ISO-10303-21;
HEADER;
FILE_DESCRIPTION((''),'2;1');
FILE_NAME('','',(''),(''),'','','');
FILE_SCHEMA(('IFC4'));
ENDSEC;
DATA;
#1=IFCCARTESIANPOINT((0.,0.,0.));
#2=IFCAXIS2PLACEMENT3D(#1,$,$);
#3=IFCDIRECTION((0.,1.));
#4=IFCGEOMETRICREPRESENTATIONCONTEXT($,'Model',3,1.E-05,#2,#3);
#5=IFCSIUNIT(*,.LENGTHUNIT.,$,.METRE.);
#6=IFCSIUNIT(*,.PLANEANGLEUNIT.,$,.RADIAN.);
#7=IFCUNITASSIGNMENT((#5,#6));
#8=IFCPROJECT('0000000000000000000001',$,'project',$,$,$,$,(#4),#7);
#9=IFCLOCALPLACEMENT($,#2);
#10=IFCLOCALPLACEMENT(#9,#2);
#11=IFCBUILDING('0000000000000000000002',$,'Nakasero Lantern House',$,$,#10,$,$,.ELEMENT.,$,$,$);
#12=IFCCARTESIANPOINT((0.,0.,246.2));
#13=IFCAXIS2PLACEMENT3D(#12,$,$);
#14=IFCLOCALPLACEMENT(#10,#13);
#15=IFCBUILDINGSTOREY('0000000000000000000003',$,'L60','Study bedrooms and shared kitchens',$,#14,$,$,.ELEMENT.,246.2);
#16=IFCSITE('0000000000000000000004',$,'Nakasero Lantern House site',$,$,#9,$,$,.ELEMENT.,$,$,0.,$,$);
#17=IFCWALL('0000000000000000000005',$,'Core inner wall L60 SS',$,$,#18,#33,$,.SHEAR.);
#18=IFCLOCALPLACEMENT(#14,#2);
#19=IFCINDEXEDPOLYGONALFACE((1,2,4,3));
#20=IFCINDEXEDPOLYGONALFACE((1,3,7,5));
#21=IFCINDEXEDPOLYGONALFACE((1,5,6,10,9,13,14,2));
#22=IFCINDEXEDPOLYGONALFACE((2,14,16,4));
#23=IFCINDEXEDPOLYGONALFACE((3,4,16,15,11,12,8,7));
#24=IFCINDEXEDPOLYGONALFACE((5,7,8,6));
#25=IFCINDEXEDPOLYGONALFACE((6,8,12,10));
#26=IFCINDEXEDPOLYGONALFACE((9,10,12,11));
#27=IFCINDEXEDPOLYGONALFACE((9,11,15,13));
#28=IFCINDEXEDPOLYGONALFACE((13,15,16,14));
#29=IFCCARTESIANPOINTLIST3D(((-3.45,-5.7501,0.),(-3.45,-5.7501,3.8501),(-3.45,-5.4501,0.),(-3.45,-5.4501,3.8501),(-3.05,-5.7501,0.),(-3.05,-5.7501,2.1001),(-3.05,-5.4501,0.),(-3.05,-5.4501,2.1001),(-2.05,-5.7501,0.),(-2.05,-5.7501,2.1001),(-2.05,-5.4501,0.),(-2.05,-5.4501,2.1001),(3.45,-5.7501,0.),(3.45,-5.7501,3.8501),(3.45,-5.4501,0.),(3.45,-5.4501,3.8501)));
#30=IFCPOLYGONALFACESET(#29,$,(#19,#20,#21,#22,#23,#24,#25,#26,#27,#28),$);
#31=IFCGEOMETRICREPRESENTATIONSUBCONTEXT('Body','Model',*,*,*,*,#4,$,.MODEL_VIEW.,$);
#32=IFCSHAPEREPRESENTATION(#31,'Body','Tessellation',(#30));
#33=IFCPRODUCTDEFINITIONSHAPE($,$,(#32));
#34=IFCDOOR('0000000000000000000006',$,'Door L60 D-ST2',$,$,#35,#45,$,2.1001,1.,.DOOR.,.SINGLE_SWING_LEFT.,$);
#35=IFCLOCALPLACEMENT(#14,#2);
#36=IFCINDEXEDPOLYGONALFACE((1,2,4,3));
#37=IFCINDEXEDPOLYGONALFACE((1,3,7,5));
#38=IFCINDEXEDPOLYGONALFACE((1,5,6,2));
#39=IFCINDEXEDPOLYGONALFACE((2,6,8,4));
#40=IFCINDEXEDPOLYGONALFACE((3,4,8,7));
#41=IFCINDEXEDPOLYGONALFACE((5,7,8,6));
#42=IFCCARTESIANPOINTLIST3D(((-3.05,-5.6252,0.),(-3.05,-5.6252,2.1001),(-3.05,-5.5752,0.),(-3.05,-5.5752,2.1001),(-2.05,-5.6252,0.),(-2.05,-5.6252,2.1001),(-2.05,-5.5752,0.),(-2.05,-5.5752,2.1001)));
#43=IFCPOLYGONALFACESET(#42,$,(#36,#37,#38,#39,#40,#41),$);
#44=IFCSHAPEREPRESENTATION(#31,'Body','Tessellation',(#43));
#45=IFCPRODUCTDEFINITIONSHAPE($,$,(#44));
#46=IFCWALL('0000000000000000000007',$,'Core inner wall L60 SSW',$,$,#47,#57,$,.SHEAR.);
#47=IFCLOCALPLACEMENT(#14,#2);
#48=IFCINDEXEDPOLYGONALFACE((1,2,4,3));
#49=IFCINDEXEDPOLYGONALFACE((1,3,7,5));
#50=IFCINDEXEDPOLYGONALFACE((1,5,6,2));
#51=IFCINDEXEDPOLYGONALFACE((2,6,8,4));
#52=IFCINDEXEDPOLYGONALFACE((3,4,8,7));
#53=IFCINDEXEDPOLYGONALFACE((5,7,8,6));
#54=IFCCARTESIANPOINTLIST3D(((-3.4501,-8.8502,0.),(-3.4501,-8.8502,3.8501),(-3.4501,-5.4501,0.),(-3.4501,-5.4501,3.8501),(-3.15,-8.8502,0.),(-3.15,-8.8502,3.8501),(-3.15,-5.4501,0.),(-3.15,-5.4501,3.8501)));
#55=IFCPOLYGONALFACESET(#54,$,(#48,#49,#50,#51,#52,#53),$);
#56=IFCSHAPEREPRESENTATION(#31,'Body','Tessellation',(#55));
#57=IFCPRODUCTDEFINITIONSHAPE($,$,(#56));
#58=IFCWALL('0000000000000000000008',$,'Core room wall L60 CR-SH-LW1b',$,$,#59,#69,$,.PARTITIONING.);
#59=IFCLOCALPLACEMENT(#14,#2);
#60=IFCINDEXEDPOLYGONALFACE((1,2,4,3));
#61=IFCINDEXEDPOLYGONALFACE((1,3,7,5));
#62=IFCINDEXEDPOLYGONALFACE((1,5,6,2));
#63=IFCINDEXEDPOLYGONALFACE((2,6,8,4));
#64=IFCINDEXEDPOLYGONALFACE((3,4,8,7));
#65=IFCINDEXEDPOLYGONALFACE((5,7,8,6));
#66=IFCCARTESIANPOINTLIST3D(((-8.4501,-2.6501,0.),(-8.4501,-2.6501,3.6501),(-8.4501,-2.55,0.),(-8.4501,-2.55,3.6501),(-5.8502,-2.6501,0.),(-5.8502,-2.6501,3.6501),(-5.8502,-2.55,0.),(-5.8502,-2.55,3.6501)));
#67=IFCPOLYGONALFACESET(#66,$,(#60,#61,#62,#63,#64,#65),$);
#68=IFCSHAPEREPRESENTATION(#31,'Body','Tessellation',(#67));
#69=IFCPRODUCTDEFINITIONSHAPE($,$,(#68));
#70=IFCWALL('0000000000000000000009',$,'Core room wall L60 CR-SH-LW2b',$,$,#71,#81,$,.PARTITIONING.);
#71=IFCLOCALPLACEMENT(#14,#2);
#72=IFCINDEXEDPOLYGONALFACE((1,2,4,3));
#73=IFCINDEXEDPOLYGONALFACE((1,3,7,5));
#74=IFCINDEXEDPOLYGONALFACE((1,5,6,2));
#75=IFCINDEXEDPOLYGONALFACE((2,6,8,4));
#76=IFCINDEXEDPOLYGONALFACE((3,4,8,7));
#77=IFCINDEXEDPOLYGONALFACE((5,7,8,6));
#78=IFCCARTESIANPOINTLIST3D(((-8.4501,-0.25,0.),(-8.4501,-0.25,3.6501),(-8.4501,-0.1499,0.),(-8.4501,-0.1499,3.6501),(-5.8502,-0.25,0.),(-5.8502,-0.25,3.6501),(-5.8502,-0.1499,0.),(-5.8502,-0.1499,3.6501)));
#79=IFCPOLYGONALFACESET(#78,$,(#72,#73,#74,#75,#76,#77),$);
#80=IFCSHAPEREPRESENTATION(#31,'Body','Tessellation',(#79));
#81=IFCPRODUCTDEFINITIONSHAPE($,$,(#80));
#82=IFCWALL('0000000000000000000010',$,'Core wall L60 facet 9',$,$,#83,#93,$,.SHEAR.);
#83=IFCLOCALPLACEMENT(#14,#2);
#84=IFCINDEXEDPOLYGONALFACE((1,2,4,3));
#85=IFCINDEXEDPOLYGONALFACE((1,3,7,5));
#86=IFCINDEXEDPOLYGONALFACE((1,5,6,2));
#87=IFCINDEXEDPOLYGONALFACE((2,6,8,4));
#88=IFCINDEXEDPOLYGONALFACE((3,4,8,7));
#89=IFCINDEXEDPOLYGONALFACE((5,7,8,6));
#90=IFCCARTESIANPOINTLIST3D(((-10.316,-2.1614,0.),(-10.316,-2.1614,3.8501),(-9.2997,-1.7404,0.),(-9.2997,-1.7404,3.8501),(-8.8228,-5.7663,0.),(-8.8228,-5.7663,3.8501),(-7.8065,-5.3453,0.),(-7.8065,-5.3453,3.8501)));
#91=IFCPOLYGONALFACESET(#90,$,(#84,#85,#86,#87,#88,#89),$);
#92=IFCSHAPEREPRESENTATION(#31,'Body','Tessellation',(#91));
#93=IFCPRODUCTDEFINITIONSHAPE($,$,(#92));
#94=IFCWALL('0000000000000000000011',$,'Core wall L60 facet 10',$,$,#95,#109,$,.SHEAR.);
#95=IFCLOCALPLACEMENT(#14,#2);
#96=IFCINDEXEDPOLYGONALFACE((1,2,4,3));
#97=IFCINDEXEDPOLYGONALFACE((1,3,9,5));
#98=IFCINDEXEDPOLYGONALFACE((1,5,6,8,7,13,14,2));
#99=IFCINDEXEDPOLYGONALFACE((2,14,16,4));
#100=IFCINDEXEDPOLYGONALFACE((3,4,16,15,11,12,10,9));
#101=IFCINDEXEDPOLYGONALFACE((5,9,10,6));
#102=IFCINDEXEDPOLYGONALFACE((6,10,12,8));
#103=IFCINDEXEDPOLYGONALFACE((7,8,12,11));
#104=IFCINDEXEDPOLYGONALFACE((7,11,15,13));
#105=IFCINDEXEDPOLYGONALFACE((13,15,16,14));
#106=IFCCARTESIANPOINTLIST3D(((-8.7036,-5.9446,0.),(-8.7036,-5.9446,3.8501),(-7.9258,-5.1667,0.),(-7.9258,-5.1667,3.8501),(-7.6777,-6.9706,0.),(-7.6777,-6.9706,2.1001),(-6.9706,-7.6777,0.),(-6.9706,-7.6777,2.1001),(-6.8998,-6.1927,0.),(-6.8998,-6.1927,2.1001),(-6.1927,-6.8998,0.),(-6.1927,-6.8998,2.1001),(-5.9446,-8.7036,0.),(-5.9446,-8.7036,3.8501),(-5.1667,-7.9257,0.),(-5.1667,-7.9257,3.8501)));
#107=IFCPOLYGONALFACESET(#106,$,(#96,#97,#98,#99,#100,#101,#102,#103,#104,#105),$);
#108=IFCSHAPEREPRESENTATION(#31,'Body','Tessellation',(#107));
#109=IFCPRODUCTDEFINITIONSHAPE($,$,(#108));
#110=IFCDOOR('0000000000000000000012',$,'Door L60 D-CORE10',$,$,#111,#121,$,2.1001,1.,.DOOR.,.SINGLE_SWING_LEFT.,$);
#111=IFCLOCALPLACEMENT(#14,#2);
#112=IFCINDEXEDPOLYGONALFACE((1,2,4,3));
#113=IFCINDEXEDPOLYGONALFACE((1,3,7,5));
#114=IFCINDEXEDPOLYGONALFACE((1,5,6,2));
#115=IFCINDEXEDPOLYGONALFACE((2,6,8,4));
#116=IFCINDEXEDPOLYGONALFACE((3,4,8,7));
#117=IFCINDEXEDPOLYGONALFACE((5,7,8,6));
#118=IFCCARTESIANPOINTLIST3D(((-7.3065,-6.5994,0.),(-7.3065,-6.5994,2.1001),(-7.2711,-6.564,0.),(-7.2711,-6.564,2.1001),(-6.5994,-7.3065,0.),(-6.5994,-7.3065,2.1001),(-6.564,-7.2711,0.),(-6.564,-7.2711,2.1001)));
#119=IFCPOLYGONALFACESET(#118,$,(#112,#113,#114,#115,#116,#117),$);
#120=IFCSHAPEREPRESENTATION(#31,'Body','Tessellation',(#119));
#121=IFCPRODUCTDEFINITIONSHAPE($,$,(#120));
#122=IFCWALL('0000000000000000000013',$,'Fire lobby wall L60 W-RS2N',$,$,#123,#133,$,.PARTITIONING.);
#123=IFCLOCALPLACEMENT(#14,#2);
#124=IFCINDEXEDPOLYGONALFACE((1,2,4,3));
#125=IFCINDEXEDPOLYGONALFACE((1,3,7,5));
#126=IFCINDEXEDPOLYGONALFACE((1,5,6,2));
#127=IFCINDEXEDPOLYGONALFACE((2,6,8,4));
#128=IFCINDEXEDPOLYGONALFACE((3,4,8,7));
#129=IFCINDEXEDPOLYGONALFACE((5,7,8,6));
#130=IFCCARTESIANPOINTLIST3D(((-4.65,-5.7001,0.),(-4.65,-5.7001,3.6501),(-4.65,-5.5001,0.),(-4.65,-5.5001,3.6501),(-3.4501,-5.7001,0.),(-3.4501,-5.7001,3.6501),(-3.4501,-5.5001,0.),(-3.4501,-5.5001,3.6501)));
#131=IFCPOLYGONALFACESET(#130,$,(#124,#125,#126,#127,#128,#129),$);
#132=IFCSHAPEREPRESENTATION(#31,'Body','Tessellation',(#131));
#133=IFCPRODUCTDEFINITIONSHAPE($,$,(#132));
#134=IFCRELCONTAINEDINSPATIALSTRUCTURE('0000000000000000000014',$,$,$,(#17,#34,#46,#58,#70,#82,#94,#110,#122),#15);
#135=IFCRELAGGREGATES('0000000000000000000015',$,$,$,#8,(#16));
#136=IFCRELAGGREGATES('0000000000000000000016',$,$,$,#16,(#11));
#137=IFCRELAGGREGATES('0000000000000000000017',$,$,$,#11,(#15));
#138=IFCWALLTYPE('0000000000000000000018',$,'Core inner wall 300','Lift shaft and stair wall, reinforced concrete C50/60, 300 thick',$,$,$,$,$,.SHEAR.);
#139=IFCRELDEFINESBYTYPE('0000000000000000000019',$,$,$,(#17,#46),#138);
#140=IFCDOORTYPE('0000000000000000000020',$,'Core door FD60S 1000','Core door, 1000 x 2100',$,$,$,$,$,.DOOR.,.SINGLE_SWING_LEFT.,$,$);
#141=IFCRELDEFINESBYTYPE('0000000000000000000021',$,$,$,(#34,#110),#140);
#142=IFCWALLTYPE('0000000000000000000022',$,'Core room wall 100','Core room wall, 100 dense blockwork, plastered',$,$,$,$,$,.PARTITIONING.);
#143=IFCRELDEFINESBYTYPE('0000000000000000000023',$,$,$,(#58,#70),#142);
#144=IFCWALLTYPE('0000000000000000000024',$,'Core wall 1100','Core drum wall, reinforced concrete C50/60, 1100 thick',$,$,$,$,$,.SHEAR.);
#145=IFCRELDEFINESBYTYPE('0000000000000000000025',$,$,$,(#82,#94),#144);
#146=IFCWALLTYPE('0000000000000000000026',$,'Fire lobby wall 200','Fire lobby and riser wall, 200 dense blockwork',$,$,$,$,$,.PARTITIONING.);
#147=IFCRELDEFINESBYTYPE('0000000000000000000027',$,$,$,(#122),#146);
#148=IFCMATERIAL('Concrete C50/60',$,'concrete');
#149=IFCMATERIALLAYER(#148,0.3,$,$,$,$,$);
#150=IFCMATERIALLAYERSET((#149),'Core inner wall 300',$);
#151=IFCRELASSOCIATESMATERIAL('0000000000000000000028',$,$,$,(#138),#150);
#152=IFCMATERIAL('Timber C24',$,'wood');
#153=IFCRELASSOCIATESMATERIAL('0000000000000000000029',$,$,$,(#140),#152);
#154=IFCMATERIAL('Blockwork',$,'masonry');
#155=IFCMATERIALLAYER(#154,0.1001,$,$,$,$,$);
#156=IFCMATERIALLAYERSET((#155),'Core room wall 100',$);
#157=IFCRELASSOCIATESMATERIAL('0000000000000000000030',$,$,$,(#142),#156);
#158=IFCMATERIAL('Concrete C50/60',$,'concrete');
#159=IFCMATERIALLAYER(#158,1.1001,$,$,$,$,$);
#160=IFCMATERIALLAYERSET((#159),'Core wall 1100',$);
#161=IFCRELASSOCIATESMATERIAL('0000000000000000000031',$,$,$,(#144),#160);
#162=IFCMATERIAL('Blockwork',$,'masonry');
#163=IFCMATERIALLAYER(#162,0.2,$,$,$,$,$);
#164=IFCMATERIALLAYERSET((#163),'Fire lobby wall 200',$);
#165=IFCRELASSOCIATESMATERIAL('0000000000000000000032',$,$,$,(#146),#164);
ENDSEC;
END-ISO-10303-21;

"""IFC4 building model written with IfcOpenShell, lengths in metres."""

from ifc_helpers import new_model, si_unit, direction, frame, frame_2d, origin, place, context, subcontext, project, spatial, rectangle, extrude, material, layer, layer_set, type_object, element, fill, save


model = new_model("IFC4")

# Units and contexts
model_context = context("Model", 3, precision=1e-05, world=origin(), true_north=direction((0.0, 1.0)))
body_context = subcontext(model_context, "Body", "Model", "MODEL_VIEW")
ifc_project = project(units=[si_unit("LENGTHUNIT", "METRE"), si_unit("PLANEANGLEUNIT", "RADIAN")], contexts=[model_context])

# Site, building, storey
site_placement = place(None, origin())
site = spatial("IfcSite", under=ifc_project, at=site_placement, Name="Nakasero Lantern House site", CompositionType="ELEMENT", RefElevation=0.0)
building_placement = place(site_placement, origin())
building = spatial("IfcBuilding", under=site, at=building_placement, Name="Nakasero Lantern House", CompositionType="ELEMENT")
storey_placement = place(building_placement, frame((0.0, 0.0, 246.2)))
storey = spatial("IfcBuildingStorey", under=building, at=storey_placement, Name="L60", Description="Study bedrooms and shared kitchens", CompositionType="ELEMENT", Elevation=246.2)

# Shared definitions
ifc_material_1 = material(Name="Concrete C50/60", Category="concrete")
ifc_layer_1 = layer(ifc_material_1, 0.3)
ifc_layer_set_1 = layer_set([ifc_layer_1], Name="Core inner wall 300")
wall_type_1 = type_object("IfcWallType", Name="Core inner wall 300", Description="Lift shaft and stair wall, reinforced concrete C50/60, 300 thick", PredefinedType="SHEAR", material=ifc_layer_set_1)

# Wall, opening, door
wall_1_placement = place(storey_placement, frame((-3.45, -5.6001, 0.0), z_axis=(0.0, 0.0, 1.0), x_axis=(1.0, 0.0, 0.0)))
wall_1 = element("IfcWall", 1, at=wall_1_placement, inside=storey, type_object=wall_type_1, Name="Core inner wall L60 SS", PredefinedType="SHEAR", context=body_context, shape_type="SweptSolid", body=[
    extrude(rectangle(XDim=6.8999, YDim=0.3, at=frame_2d((3.45, 0.0))), origin(), (0.0, 0.0, 1.0), 3.8501),
])
opening_1_placement = place(wall_1_placement, frame((0.3999, 0.0, 0.0)))
opening_1 = element("IfcOpeningElement", 2, at=opening_1_placement, cuts=wall_1, PredefinedType="OPENING", context=body_context, shape_type="SweptSolid", body=[
    extrude(rectangle(XDim=1.0, YDim=2.1001, at=frame_2d((0.5, 1.05))), frame((0.0, 0.1699, 0.0), z_axis=(0.0, -1.0, 0.0), x_axis=(1.0, 0.0, 0.0)), (0.0, 0.0, 1.0), 0.3401),
])
ifc_material_2 = material(Name="Timber C24", Category="wood")
door_type_1 = type_object("IfcDoorType", Name="Core door FD60S 1000", Description="Core door, 1000 x 2100", OperationType="SINGLE_SWING_LEFT", PredefinedType="DOOR", material=ifc_material_2)
door_1_placement = place(opening_1_placement, origin())
door_1 = element("IfcDoor", 3, at=door_1_placement, inside=storey, type_object=door_type_1, Name="Door L60 D-ST2", OperationType="SINGLE_SWING_LEFT", OverallHeight=2.1001, OverallWidth=1.0, PredefinedType="DOOR", context=body_context, shape_type="SweptSolid", body=[
    extrude(rectangle(XDim=1.0, YDim=2.1001, at=frame_2d((0.5, 1.05))), frame((0.0, 0.0249, 0.0), z_axis=(0.0, -1.0, 0.0), x_axis=(1.0, 0.0, 0.0)), (0.0, 0.0, 1.0), 0.05),
])
fill(opening_1, door_1)

# Walls
wall_2_placement = place(storey_placement, frame((-3.3, -5.45, 0.0), z_axis=(0.0, 0.0, 1.0), x_axis=(0.0, -1.0, 0.0)))
element("IfcWall", 4, at=wall_2_placement, inside=storey, type_object=wall_type_1, Name="Core inner wall L60 SSW", PredefinedType="SHEAR", context=body_context, shape_type="SweptSolid", body=[
    extrude(rectangle(XDim=3.4001, YDim=0.3, at=frame_2d((1.7002, 0.0))), origin(), (0.0, 0.0, 1.0), 3.8501),
])
ifc_material_3 = material(Name="Blockwork", Category="masonry")
ifc_layer_2 = layer(ifc_material_3, 0.1001)
ifc_layer_set_2 = layer_set([ifc_layer_2], Name="Core room wall 100")
wall_type_2 = type_object("IfcWallType", Name="Core room wall 100", Description="Core room wall, 100 dense blockwork, plastered", PredefinedType="PARTITIONING", material=ifc_layer_set_2)
for number, where, z_axis, x_axis, name in (
    (5, (-8.45, -2.6001, 0.0), (0.0, 0.0, 1.0), (1.0, 0.0, 0.0), "Core room wall L60 CR-SH-LW1b"),
    (6, (-8.45, -0.2, 0.0), (0.0, 0.0, 1.0), (1.0, 0.0, 0.0), "Core room wall L60 CR-SH-LW2b"),
):
    element("IfcWall", number, at=place(storey_placement, frame(where, z_axis=z_axis, x_axis=x_axis)), inside=storey, type_object=wall_type_2, Name=name, PredefinedType="PARTITIONING", context=body_context, shape_type="SweptSolid", body=[
        extrude(rectangle(XDim=2.5999, YDim=0.1001, at=frame_2d((1.2998, 0.0))), origin(), (0.0, 0.0, 1.0), 3.6501),
    ])
ifc_material_4 = material(Name="Concrete C50/60", Category="concrete")
ifc_layer_3 = layer(ifc_material_4, 1.1001)
ifc_layer_set_3 = layer_set([ifc_layer_3], Name="Core wall 1100")
wall_type_3 = type_object("IfcWallType", Name="Core wall 1100", Description="Core drum wall, reinforced concrete C50/60, 1100 thick", PredefinedType="SHEAR", material=ifc_layer_set_3)
wall_3_placement = place(storey_placement, frame((-9.8079, -1.9509, 0.0), z_axis=(0.0, 0.0, 1.0), x_axis=(0.382691, -0.923877, 0.0)))
element("IfcWall", 7, at=wall_3_placement, inside=storey, type_object=wall_type_3, Name="Core wall L60 facet 9", PredefinedType="SHEAR", context=body_context, shape_type="SweptSolid", body=[
    extrude(rectangle(XDim=3.9019, YDim=1.1001, at=frame_2d((1.9509, 0.0))), origin(), (0.0, 0.0, 1.0), 3.8501),
])

# Wall, opening, door
wall_4_placement = place(storey_placement, frame((-8.3147, -5.5557, 0.0), z_axis=(0.0, 0.0, 1.0), x_axis=(0.707107, -0.707107, 0.0)))
wall_4 = element("IfcWall", 8, at=wall_4_placement, inside=storey, type_object=wall_type_3, Name="Core wall L60 facet 10", PredefinedType="SHEAR", context=body_context, shape_type="SweptSolid", body=[
    extrude(rectangle(XDim=3.9019, YDim=1.1001, at=frame_2d((1.9509, 0.0))), origin(), (0.0, 0.0, 1.0), 3.8501),
])
opening_2_placement = place(wall_4_placement, frame((1.4509, 0.0, 0.0)))
opening_2 = element("IfcOpeningElement", 9, at=opening_2_placement, cuts=wall_4, PredefinedType="OPENING", context=body_context, shape_type="SweptSolid", body=[
    extrude(rectangle(XDim=1.0, YDim=2.1001, at=frame_2d((0.5, 1.05))), frame((0.0, 0.5701, 0.0), z_axis=(0.0, -1.0, 0.0), x_axis=(1.0, 0.0, 0.0)), (0.0, 0.0, 1.0), 1.1401),
])
door_2_placement = place(opening_2_placement, origin())
door_2 = element("IfcDoor", 10, at=door_2_placement, inside=storey, type_object=door_type_1, Name="Door L60 D-CORE10", OperationType="SINGLE_SWING_LEFT", OverallHeight=2.1001, OverallWidth=1.0, PredefinedType="DOOR", context=body_context, shape_type="SweptSolid", body=[
    extrude(rectangle(XDim=1.0, YDim=2.1001, at=frame_2d((0.5, 1.05))), frame((0.0, 0.0249, 0.0), z_axis=(0.0, -1.0, 0.0), x_axis=(1.0, 0.0, 0.0)), (0.0, 0.0, 1.0), 0.05),
])
fill(opening_2, door_2)

# Wall
ifc_material_5 = material(Name="Blockwork", Category="masonry")
ifc_layer_4 = layer(ifc_material_5, 0.2)
ifc_layer_set_4 = layer_set([ifc_layer_4], Name="Fire lobby wall 200")
wall_type_4 = type_object("IfcWallType", Name="Fire lobby wall 200", Description="Fire lobby and riser wall, 200 dense blockwork", PredefinedType="PARTITIONING", material=ifc_layer_set_4)
wall_5_placement = place(storey_placement, frame((-3.45, -5.6001, 0.0), z_axis=(0.0, 0.0, 1.0), x_axis=(-1.0, 0.0, 0.0)))
element("IfcWall", 11, at=wall_5_placement, inside=storey, type_object=wall_type_4, Name="Fire lobby wall L60 W-RS2N", PredefinedType="PARTITIONING", context=body_context, shape_type="SweptSolid", body=[
    extrude(rectangle(XDim=1.2, YDim=0.2, at=frame_2d((0.6001, 0.0))), origin(), (0.0, 0.0, 1.0), 3.6501),
])

save(model, "model.ifc")
